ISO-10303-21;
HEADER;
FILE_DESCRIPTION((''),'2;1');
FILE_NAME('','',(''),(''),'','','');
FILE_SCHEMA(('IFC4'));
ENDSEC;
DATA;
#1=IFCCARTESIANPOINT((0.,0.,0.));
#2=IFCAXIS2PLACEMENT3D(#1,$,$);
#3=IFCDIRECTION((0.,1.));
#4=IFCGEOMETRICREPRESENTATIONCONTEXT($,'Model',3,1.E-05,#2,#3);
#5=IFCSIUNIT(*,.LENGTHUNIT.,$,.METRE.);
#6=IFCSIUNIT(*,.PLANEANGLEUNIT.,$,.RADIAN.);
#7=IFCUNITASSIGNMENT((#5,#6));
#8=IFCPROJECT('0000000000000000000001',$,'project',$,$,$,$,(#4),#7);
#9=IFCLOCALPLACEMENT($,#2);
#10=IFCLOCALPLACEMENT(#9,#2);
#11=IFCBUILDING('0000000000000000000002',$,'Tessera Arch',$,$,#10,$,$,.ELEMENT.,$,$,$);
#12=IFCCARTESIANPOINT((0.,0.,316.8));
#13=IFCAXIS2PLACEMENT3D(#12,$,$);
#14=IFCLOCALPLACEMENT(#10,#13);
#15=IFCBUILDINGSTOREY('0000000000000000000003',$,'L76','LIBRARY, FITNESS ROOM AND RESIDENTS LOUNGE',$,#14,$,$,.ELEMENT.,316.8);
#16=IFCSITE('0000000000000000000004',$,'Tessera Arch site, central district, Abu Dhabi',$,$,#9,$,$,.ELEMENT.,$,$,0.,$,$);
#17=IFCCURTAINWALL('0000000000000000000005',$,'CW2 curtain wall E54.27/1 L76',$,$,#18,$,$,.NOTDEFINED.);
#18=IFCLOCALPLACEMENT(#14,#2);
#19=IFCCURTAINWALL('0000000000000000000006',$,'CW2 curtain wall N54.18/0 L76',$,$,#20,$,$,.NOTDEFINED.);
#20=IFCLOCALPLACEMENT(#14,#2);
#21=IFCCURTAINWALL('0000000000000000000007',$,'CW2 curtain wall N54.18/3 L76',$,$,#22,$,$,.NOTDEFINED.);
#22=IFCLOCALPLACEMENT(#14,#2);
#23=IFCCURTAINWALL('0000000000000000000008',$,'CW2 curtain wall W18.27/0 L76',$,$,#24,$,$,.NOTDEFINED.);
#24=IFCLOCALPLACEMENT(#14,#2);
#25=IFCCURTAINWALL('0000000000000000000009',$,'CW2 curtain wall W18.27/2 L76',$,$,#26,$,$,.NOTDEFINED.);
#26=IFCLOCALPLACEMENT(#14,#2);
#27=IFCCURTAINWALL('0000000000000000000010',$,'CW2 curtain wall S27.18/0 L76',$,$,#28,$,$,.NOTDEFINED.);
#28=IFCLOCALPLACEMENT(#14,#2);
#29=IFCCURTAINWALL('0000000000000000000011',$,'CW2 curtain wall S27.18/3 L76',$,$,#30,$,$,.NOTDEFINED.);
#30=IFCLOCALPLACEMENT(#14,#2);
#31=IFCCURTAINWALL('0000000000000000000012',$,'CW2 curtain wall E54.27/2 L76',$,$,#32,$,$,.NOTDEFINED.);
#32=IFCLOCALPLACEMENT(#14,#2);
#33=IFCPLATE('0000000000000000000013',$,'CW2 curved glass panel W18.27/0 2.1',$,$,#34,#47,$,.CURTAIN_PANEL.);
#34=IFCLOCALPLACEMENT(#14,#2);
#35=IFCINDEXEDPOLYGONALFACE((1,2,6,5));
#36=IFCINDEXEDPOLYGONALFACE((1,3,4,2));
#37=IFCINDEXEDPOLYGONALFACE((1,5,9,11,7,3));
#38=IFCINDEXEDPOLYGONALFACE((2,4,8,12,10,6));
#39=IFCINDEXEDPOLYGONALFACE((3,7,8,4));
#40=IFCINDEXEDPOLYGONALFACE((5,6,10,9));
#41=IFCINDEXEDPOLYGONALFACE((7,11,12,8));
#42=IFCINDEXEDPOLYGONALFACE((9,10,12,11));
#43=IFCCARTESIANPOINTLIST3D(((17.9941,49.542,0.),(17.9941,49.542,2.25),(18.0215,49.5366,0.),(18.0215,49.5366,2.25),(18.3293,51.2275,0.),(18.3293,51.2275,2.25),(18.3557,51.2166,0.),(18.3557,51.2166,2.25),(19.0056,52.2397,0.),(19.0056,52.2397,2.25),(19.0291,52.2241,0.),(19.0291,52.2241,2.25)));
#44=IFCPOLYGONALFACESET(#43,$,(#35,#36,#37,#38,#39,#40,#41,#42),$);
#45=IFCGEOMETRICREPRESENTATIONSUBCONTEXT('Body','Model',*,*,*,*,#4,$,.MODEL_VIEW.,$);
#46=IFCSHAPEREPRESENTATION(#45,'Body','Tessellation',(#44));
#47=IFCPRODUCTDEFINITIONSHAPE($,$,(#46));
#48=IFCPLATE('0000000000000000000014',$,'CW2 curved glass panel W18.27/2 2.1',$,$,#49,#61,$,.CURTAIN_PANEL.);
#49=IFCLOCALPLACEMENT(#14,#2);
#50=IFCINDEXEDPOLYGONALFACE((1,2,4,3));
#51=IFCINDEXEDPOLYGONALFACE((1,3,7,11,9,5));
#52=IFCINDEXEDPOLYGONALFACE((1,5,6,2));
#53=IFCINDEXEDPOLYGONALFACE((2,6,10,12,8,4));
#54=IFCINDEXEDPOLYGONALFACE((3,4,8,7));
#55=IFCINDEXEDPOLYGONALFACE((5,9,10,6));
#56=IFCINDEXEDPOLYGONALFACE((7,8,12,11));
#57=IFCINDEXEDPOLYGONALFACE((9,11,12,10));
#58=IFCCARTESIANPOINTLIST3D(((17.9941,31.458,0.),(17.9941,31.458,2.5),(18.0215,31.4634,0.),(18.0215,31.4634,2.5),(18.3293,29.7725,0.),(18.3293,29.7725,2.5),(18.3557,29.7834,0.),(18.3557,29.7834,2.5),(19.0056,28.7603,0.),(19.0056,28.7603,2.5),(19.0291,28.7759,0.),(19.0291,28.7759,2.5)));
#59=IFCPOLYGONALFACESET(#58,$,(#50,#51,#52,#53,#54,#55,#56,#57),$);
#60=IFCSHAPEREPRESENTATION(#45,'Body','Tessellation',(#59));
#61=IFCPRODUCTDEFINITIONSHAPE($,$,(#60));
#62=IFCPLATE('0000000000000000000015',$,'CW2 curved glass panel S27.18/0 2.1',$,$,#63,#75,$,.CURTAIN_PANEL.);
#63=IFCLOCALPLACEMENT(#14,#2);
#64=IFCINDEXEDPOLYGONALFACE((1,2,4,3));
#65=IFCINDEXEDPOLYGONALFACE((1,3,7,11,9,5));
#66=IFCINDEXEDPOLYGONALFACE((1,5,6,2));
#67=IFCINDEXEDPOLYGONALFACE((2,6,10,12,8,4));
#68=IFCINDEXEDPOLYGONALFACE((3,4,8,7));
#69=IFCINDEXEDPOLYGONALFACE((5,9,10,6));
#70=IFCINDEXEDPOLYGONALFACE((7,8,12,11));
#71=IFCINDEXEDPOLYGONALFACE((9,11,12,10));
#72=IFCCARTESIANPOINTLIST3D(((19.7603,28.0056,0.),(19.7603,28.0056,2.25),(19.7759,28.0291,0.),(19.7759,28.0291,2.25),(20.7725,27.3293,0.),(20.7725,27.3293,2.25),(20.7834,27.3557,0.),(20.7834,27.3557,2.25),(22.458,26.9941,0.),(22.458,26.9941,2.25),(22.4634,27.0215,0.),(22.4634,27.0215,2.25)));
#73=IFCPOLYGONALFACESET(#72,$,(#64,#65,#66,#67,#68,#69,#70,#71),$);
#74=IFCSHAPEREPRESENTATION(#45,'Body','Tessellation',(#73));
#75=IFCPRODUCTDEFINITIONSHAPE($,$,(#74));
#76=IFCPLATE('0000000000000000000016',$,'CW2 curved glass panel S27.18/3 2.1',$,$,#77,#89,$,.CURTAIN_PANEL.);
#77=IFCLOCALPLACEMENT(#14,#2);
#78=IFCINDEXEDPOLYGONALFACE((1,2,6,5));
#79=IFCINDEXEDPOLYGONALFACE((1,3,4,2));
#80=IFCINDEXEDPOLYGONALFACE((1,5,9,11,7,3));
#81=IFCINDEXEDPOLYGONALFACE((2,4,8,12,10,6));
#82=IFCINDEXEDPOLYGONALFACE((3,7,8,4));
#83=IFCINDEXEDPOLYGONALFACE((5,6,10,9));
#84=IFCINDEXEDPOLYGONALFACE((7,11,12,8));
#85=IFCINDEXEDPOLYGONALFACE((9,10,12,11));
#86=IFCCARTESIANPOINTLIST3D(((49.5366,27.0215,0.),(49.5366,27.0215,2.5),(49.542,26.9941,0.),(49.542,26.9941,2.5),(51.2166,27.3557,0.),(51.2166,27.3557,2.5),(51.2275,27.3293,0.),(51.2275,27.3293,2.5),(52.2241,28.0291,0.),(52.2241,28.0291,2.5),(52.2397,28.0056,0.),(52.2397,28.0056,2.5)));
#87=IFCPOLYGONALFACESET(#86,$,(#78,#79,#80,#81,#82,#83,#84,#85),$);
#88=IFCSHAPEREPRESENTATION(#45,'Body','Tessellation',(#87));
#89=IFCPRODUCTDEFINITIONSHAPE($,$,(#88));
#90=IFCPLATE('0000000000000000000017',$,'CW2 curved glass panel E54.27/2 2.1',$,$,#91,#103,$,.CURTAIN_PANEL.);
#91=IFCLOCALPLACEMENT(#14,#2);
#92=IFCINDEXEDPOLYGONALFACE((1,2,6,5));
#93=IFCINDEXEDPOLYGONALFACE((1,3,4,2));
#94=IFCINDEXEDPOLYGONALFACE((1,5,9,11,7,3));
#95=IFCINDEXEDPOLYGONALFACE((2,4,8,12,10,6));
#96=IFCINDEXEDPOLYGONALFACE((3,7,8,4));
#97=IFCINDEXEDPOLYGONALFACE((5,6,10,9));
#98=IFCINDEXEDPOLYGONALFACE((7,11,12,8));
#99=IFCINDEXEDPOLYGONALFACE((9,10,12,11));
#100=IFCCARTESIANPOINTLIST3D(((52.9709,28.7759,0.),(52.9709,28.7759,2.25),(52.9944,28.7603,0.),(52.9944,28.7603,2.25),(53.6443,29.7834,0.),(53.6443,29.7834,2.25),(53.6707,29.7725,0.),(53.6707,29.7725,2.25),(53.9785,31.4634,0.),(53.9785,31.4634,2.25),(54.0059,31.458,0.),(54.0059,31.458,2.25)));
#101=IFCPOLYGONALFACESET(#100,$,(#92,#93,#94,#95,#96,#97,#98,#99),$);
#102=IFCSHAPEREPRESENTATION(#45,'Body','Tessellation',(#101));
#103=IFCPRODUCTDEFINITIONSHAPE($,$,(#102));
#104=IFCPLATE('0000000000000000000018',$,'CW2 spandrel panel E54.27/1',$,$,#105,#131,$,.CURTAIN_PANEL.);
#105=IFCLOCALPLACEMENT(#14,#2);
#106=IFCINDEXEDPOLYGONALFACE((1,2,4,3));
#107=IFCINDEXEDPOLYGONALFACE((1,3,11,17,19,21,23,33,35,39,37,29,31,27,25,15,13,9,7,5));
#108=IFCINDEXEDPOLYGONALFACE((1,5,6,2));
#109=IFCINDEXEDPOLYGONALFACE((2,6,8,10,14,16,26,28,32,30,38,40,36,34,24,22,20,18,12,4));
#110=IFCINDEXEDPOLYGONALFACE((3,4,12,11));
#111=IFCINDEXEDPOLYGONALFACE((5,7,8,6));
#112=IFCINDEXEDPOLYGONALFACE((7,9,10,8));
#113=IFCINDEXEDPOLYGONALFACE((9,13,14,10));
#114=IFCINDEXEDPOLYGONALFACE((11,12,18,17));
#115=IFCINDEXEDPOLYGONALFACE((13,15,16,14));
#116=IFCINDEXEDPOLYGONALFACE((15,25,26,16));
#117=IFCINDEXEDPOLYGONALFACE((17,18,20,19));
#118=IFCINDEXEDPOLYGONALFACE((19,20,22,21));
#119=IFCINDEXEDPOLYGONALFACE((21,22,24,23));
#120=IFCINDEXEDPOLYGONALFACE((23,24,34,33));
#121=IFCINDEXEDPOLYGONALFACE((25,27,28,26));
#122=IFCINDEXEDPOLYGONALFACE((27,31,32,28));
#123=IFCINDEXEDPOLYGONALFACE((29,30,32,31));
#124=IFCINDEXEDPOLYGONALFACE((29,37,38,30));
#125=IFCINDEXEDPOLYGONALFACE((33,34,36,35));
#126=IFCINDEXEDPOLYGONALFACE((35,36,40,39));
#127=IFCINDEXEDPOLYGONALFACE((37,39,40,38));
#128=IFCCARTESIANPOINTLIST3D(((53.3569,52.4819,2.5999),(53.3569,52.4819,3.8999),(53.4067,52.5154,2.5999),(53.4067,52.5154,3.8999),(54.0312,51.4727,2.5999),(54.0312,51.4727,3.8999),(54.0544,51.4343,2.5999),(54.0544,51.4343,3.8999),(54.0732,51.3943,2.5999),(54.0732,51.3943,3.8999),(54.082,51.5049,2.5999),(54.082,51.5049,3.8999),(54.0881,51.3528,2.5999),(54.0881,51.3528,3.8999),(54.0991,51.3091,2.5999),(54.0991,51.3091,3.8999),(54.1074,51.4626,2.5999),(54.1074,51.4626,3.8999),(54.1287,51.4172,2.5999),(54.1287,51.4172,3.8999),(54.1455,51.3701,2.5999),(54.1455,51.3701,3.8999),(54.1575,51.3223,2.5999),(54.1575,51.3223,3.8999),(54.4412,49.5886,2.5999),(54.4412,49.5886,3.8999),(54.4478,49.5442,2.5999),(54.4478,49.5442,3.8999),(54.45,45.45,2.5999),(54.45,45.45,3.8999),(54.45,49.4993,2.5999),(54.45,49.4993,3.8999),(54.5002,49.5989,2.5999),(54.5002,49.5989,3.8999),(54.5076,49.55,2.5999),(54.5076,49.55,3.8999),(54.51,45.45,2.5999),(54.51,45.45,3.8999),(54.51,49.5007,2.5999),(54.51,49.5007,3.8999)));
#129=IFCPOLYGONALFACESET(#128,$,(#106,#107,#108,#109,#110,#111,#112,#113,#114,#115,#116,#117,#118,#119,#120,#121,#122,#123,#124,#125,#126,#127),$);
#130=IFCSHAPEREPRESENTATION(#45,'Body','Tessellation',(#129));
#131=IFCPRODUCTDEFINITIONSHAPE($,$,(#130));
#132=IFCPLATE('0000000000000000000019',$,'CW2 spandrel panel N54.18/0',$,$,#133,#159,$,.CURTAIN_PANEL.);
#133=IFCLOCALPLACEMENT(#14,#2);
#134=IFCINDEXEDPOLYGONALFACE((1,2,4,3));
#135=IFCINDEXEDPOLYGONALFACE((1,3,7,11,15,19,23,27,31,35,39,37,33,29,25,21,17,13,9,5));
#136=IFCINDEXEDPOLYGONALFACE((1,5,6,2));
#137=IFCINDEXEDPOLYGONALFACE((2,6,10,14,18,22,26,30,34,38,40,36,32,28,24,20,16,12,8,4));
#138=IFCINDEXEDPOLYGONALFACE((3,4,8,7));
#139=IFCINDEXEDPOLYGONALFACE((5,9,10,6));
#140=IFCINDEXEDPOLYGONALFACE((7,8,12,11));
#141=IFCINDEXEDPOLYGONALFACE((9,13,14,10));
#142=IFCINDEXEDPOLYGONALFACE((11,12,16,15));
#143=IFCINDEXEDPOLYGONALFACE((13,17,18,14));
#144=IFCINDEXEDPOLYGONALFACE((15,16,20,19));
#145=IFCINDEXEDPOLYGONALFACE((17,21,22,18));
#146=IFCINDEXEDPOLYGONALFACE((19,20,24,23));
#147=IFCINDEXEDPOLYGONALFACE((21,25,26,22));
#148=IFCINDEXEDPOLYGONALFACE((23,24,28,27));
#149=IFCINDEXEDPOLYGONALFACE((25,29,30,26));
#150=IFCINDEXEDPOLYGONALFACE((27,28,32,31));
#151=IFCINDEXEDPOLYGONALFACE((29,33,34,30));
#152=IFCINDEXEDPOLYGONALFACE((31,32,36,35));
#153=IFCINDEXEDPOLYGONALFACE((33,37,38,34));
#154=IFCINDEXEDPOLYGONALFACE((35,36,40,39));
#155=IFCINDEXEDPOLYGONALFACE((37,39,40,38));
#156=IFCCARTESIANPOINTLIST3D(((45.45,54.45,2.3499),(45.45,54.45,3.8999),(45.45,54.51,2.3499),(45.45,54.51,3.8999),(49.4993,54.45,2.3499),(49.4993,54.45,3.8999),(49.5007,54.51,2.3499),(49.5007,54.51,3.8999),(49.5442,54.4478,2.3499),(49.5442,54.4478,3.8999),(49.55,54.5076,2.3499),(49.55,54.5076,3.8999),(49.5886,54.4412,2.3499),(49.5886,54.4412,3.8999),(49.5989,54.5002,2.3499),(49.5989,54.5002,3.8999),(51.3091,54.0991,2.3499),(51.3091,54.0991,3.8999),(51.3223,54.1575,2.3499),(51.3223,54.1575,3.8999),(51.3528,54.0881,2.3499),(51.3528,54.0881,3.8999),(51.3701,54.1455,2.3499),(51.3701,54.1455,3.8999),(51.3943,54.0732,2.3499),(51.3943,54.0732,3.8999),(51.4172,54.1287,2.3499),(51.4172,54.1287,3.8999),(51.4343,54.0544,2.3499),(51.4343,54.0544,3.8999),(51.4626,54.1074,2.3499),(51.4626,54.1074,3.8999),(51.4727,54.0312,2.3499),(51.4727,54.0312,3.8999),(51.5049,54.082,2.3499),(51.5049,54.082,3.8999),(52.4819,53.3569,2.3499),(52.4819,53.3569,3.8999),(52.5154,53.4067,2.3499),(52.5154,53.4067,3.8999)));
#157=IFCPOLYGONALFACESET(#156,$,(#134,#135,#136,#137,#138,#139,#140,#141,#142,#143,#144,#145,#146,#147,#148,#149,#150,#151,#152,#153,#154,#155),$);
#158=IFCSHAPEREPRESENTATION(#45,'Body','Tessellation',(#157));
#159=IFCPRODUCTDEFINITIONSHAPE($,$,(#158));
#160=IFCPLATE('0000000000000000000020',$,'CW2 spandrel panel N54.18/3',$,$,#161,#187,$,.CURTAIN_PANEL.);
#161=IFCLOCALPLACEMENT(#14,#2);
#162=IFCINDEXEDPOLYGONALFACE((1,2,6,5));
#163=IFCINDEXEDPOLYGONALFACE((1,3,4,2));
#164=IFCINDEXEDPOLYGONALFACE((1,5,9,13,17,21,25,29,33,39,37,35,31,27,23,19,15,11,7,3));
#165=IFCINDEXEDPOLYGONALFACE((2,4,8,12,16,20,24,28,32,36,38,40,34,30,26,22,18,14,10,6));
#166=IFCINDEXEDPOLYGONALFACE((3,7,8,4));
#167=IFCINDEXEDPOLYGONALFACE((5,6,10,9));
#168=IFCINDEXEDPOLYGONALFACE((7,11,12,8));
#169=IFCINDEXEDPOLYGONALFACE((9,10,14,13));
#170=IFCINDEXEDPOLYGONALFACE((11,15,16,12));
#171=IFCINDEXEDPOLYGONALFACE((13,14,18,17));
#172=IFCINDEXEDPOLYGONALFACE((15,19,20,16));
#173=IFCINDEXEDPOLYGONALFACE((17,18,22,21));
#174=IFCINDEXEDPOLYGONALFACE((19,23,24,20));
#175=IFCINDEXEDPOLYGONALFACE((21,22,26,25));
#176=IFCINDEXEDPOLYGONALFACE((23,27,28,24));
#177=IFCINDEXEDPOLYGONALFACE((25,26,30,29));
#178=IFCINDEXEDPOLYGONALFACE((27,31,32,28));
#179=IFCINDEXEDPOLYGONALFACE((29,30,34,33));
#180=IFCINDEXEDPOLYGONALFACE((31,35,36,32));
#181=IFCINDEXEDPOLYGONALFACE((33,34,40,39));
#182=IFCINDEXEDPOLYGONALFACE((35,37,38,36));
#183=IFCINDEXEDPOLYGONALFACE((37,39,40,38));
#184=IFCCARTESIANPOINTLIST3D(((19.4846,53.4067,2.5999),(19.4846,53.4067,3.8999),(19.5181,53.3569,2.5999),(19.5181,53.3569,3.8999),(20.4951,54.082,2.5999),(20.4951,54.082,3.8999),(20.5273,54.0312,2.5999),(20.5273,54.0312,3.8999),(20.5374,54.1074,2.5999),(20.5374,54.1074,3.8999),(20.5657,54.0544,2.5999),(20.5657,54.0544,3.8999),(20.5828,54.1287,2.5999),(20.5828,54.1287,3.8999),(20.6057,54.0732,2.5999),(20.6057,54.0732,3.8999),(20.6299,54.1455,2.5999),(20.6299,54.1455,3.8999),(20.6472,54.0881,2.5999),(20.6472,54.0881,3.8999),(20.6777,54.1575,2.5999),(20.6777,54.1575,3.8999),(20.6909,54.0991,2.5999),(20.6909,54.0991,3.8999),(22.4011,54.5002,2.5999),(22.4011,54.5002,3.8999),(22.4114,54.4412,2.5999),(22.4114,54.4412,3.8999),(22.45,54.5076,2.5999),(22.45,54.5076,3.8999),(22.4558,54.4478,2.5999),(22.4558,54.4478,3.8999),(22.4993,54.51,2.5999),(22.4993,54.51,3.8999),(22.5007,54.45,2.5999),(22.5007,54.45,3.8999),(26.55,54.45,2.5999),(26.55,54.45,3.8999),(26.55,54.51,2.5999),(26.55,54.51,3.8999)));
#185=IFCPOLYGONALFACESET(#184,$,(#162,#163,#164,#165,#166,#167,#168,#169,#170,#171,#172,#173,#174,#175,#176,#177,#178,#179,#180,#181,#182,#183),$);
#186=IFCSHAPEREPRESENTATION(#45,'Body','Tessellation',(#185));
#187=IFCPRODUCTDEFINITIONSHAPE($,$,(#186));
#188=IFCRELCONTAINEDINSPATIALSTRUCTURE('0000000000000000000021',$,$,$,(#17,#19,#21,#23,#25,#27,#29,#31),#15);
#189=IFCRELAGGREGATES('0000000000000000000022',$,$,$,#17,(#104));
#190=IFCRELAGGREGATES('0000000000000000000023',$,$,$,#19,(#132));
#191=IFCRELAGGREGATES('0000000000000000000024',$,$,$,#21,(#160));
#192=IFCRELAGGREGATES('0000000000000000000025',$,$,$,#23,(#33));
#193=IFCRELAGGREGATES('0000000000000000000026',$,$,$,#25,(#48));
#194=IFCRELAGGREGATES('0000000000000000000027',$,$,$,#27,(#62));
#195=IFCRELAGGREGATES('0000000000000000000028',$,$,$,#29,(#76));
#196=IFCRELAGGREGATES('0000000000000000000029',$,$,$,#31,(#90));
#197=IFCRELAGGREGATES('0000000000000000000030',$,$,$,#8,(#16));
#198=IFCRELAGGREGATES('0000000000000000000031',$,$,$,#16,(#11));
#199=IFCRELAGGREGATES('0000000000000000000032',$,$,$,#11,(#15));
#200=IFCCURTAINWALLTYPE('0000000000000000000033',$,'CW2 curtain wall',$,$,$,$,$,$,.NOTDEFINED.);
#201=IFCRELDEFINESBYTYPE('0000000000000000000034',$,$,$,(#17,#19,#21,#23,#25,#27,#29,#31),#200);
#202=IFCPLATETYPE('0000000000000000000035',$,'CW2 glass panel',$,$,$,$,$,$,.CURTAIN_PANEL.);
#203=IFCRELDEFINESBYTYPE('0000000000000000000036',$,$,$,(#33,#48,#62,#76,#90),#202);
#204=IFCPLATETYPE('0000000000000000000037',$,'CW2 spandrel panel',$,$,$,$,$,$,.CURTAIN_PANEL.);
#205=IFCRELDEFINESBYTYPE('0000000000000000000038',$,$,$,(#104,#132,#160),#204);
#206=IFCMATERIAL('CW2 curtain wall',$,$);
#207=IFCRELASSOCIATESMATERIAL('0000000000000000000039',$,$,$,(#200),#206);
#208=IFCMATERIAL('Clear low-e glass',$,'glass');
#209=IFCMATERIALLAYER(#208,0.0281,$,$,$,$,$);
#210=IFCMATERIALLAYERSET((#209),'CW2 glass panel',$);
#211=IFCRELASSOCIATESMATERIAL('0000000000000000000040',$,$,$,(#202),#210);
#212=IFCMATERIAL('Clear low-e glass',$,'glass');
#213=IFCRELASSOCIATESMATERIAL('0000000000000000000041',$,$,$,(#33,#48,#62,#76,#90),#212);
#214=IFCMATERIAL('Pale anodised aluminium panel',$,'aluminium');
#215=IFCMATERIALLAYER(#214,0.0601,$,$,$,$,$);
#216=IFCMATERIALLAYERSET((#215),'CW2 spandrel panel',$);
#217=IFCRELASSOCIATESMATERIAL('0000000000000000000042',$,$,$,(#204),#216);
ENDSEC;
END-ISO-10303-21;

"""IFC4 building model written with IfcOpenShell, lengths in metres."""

from ifc_helpers import new_model, si_unit, direction, frame, origin, place, context, subcontext, project, spatial, polyline, outline, extrude, material, layer, layer_set, type_object, element, aggregate, save


model = new_model("IFC4")

# Units and contexts
model_context = context("Model", 3, precision=1e-05, world=origin(), true_north=direction((0.0, 1.0)))
body_context = subcontext(model_context, "Body", "Model", "MODEL_VIEW")
ifc_project = project(units=[si_unit("LENGTHUNIT", "METRE"), si_unit("PLANEANGLEUNIT", "RADIAN")], contexts=[model_context])

# Site, building, storey
site_placement = place(None, origin())
site = spatial("IfcSite", under=ifc_project, at=site_placement, Name="Tessera Arch site, central district, Abu Dhabi", CompositionType="ELEMENT", RefElevation=0.0)
building_placement = place(site_placement, origin())
building = spatial("IfcBuilding", under=site, at=building_placement, Name="Tessera Arch", CompositionType="ELEMENT")
storey_placement = place(building_placement, frame((0.0, 0.0, 316.8)))
storey = spatial("IfcBuildingStorey", under=building, at=storey_placement, Name="L76", Description="LIBRARY, FITNESS ROOM AND RESIDENTS LOUNGE", CompositionType="ELEMENT", Elevation=316.8)

# Curtain walls
ifc_material_1 = material(Name="CW2 curtain wall")
curtain_wall_type = type_object("IfcCurtainWallType", Name="CW2 curtain wall", PredefinedType="NOTDEFINED", material=ifc_material_1)
curtain_wall_1_placement = place(storey_placement, origin())
curtain_wall_1 = element("IfcCurtainWall", 1, at=curtain_wall_1_placement, inside=storey, type_object=curtain_wall_type, Name="CW2 curtain wall E54.27/1 L76", PredefinedType="NOTDEFINED")
curtain_wall_2_placement = place(storey_placement, origin())
curtain_wall_2 = element("IfcCurtainWall", 2, at=curtain_wall_2_placement, inside=storey, type_object=curtain_wall_type, Name="CW2 curtain wall N54.18/0 L76", PredefinedType="NOTDEFINED")
curtain_wall_3_placement = place(storey_placement, origin())
curtain_wall_3 = element("IfcCurtainWall", 3, at=curtain_wall_3_placement, inside=storey, type_object=curtain_wall_type, Name="CW2 curtain wall N54.18/3 L76", PredefinedType="NOTDEFINED")
curtain_wall_4_placement = place(storey_placement, origin())
curtain_wall_4 = element("IfcCurtainWall", 4, at=curtain_wall_4_placement, inside=storey, type_object=curtain_wall_type, Name="CW2 curtain wall W18.27/0 L76", PredefinedType="NOTDEFINED")
curtain_wall_5_placement = place(storey_placement, origin())
curtain_wall_5 = element("IfcCurtainWall", 5, at=curtain_wall_5_placement, inside=storey, type_object=curtain_wall_type, Name="CW2 curtain wall W18.27/2 L76", PredefinedType="NOTDEFINED")
curtain_wall_6_placement = place(storey_placement, origin())
curtain_wall_6 = element("IfcCurtainWall", 6, at=curtain_wall_6_placement, inside=storey, type_object=curtain_wall_type, Name="CW2 curtain wall S27.18/0 L76", PredefinedType="NOTDEFINED")
curtain_wall_7_placement = place(storey_placement, origin())
curtain_wall_7 = element("IfcCurtainWall", 7, at=curtain_wall_7_placement, inside=storey, type_object=curtain_wall_type, Name="CW2 curtain wall S27.18/3 L76", PredefinedType="NOTDEFINED")
curtain_wall_8_placement = place(storey_placement, origin())
curtain_wall_8 = element("IfcCurtainWall", 8, at=curtain_wall_8_placement, inside=storey, type_object=curtain_wall_type, Name="CW2 curtain wall E54.27/2 L76", PredefinedType="NOTDEFINED")

# Plates
ifc_material_2 = material(Name="Clear low-e glass", Category="glass")
ifc_material_3 = material(Name="Clear low-e glass", Category="glass")
ifc_layer_1 = layer(ifc_material_3, 0.0281)
ifc_layer_set_1 = layer_set([ifc_layer_1], Name="CW2 glass panel")
plate_type_1 = type_object("IfcPlateType", Name="CW2 glass panel", PredefinedType="CURTAIN_PANEL", material=ifc_layer_set_1)
plate_1_placement = place(storey_placement, origin())
plate_1 = element("IfcPlate", 9, at=plate_1_placement, type_object=plate_type_1, material=ifc_material_2, Name="CW2 curved glass panel W18.27/0 2.1", PredefinedType="CURTAIN_PANEL", context=body_context, shape_type="SweptSolid", body=[
    extrude(outline(polyline([(18.3557, 51.2166), (19.0291, 52.2241), (19.0056, 52.2397), (18.3293, 51.2275), (17.9941, 49.542), (18.0215, 49.5366), (18.3557, 51.2166)])), origin(), (0.0, 0.0, 1.0), 2.25),
])
plate_2_placement = place(storey_placement, origin())
plate_2 = element("IfcPlate", 10, at=plate_2_placement, type_object=plate_type_1, material=ifc_material_2, Name="CW2 curved glass panel W18.27/2 2.1", PredefinedType="CURTAIN_PANEL", context=body_context, shape_type="SweptSolid", body=[
    extrude(outline(polyline([(18.3557, 29.7834), (18.0215, 31.4634), (17.9941, 31.458), (18.3293, 29.7725), (19.0056, 28.7603), (19.0291, 28.7759), (18.3557, 29.7834)])), origin(), (0.0, 0.0, 1.0), 2.5),
])
plate_3_placement = place(storey_placement, origin())
plate_3 = element("IfcPlate", 11, at=plate_3_placement, type_object=plate_type_1, material=ifc_material_2, Name="CW2 curved glass panel S27.18/0 2.1", PredefinedType="CURTAIN_PANEL", context=body_context, shape_type="SweptSolid", body=[
    extrude(outline(polyline([(20.7834, 27.3557), (19.7759, 28.0291), (19.7603, 28.0056), (20.7725, 27.3293), (22.458, 26.9941), (22.4634, 27.0215), (20.7834, 27.3557)])), origin(), (0.0, 0.0, 1.0), 2.25),
])
plate_4_placement = place(storey_placement, origin())
plate_4 = element("IfcPlate", 12, at=plate_4_placement, type_object=plate_type_1, material=ifc_material_2, Name="CW2 curved glass panel S27.18/3 2.1", PredefinedType="CURTAIN_PANEL", context=body_context, shape_type="SweptSolid", body=[
    extrude(outline(polyline([(51.2166, 27.3557), (49.5366, 27.0215), (49.542, 26.9941), (51.2275, 27.3293), (52.2397, 28.0056), (52.2241, 28.0291), (51.2166, 27.3557)])), origin(), (0.0, 0.0, 1.0), 2.5),
])
plate_5_placement = place(storey_placement, origin())
plate_5 = element("IfcPlate", 13, at=plate_5_placement, type_object=plate_type_1, material=ifc_material_2, Name="CW2 curved glass panel E54.27/2 2.1", PredefinedType="CURTAIN_PANEL", context=body_context, shape_type="SweptSolid", body=[
    extrude(outline(polyline([(53.6443, 29.7834), (52.9709, 28.7759), (52.9944, 28.7603), (53.6707, 29.7725), (54.0059, 31.458), (53.9785, 31.4634), (53.6443, 29.7834)])), origin(), (0.0, 0.0, 1.0), 2.25),
])
ifc_material_4 = material(Name="Pale anodised aluminium panel", Category="aluminium")
ifc_layer_2 = layer(ifc_material_4, 0.0601)
ifc_layer_set_2 = layer_set([ifc_layer_2], Name="CW2 spandrel panel")
plate_type_2 = type_object("IfcPlateType", Name="CW2 spandrel panel", PredefinedType="CURTAIN_PANEL", material=ifc_layer_set_2)
plate_6_placement = place(storey_placement, frame((0.0, 0.0, 2.5999)))
plate_6 = element("IfcPlate", 14, at=plate_6_placement, type_object=plate_type_2, Name="CW2 spandrel panel E54.27/1", PredefinedType="CURTAIN_PANEL", context=body_context, shape_type="SweptSolid", body=[
    extrude(outline(polyline([(54.45, 49.4993), (54.45, 45.45), (54.51, 45.45), (54.51, 49.5007), (54.5076, 49.55), (54.5002, 49.5989), (54.1575, 51.3223), (54.1455, 51.3701), (54.1287, 51.4172), (54.1074, 51.4626), (54.082, 51.5049), (53.4067, 52.5154), (53.3569, 52.4819), (54.0312, 51.4727), (54.0544, 51.4343), (54.0732, 51.3943), (54.0881, 51.3528), (54.0991, 51.3091), (54.4412, 49.5886), (54.4478, 49.5442), (54.45, 49.4993)])), origin(), (0.0, 0.0, 1.0), 1.3),
])
aggregate(curtain_wall_1, [plate_6])
plate_7_placement = place(storey_placement, frame((0.0, 0.0, 2.3499)))
plate_7 = element("IfcPlate", 15, at=plate_7_placement, type_object=plate_type_2, Name="CW2 spandrel panel N54.18/0", PredefinedType="CURTAIN_PANEL", context=body_context, shape_type="SweptSolid", body=[
    extrude(outline(polyline([(51.4727, 54.0312), (52.4819, 53.3569), (52.5154, 53.4067), (51.5049, 54.082), (51.4626, 54.1074), (51.4172, 54.1287), (51.3701, 54.1455), (51.3223, 54.1575), (49.5989, 54.5002), (49.55, 54.5076), (49.5007, 54.51), (45.45, 54.51), (45.45, 54.45), (49.4993, 54.45), (49.5442, 54.4478), (49.5886, 54.4412), (51.3091, 54.0991), (51.3528, 54.0881), (51.3943, 54.0732), (51.4343, 54.0544), (51.4727, 54.0312)])), origin(), (0.0, 0.0, 1.0), 1.55),
])
aggregate(curtain_wall_2, [plate_7])
plate_8_placement = place(storey_placement, frame((0.0, 0.0, 2.5999)))
plate_8 = element("IfcPlate", 16, at=plate_8_placement, type_object=plate_type_2, Name="CW2 spandrel panel N54.18/3", PredefinedType="CURTAIN_PANEL", context=body_context, shape_type="SweptSolid", body=[
    extrude(outline(polyline([(22.5007, 54.45), (26.55, 54.45), (26.55, 54.51), (22.4993, 54.51), (22.45, 54.5076), (22.4011, 54.5002), (20.6777, 54.1575), (20.6299, 54.1455), (20.5828, 54.1287), (20.5374, 54.1074), (20.4951, 54.082), (19.4846, 53.4067), (19.5181, 53.3569), (20.5273, 54.0312), (20.5657, 54.0544), (20.6057, 54.0732), (20.6472, 54.0881), (20.6909, 54.0991), (22.4114, 54.4412), (22.4558, 54.4478), (22.5007, 54.45)])), origin(), (0.0, 0.0, 1.0), 1.3),
])
aggregate(curtain_wall_3, [plate_8])
aggregate(curtain_wall_4, [plate_1])
aggregate(curtain_wall_5, [plate_2])
aggregate(curtain_wall_6, [plate_3])
aggregate(curtain_wall_7, [plate_4])
aggregate(curtain_wall_8, [plate_5])

save(model, "model.ifc")
